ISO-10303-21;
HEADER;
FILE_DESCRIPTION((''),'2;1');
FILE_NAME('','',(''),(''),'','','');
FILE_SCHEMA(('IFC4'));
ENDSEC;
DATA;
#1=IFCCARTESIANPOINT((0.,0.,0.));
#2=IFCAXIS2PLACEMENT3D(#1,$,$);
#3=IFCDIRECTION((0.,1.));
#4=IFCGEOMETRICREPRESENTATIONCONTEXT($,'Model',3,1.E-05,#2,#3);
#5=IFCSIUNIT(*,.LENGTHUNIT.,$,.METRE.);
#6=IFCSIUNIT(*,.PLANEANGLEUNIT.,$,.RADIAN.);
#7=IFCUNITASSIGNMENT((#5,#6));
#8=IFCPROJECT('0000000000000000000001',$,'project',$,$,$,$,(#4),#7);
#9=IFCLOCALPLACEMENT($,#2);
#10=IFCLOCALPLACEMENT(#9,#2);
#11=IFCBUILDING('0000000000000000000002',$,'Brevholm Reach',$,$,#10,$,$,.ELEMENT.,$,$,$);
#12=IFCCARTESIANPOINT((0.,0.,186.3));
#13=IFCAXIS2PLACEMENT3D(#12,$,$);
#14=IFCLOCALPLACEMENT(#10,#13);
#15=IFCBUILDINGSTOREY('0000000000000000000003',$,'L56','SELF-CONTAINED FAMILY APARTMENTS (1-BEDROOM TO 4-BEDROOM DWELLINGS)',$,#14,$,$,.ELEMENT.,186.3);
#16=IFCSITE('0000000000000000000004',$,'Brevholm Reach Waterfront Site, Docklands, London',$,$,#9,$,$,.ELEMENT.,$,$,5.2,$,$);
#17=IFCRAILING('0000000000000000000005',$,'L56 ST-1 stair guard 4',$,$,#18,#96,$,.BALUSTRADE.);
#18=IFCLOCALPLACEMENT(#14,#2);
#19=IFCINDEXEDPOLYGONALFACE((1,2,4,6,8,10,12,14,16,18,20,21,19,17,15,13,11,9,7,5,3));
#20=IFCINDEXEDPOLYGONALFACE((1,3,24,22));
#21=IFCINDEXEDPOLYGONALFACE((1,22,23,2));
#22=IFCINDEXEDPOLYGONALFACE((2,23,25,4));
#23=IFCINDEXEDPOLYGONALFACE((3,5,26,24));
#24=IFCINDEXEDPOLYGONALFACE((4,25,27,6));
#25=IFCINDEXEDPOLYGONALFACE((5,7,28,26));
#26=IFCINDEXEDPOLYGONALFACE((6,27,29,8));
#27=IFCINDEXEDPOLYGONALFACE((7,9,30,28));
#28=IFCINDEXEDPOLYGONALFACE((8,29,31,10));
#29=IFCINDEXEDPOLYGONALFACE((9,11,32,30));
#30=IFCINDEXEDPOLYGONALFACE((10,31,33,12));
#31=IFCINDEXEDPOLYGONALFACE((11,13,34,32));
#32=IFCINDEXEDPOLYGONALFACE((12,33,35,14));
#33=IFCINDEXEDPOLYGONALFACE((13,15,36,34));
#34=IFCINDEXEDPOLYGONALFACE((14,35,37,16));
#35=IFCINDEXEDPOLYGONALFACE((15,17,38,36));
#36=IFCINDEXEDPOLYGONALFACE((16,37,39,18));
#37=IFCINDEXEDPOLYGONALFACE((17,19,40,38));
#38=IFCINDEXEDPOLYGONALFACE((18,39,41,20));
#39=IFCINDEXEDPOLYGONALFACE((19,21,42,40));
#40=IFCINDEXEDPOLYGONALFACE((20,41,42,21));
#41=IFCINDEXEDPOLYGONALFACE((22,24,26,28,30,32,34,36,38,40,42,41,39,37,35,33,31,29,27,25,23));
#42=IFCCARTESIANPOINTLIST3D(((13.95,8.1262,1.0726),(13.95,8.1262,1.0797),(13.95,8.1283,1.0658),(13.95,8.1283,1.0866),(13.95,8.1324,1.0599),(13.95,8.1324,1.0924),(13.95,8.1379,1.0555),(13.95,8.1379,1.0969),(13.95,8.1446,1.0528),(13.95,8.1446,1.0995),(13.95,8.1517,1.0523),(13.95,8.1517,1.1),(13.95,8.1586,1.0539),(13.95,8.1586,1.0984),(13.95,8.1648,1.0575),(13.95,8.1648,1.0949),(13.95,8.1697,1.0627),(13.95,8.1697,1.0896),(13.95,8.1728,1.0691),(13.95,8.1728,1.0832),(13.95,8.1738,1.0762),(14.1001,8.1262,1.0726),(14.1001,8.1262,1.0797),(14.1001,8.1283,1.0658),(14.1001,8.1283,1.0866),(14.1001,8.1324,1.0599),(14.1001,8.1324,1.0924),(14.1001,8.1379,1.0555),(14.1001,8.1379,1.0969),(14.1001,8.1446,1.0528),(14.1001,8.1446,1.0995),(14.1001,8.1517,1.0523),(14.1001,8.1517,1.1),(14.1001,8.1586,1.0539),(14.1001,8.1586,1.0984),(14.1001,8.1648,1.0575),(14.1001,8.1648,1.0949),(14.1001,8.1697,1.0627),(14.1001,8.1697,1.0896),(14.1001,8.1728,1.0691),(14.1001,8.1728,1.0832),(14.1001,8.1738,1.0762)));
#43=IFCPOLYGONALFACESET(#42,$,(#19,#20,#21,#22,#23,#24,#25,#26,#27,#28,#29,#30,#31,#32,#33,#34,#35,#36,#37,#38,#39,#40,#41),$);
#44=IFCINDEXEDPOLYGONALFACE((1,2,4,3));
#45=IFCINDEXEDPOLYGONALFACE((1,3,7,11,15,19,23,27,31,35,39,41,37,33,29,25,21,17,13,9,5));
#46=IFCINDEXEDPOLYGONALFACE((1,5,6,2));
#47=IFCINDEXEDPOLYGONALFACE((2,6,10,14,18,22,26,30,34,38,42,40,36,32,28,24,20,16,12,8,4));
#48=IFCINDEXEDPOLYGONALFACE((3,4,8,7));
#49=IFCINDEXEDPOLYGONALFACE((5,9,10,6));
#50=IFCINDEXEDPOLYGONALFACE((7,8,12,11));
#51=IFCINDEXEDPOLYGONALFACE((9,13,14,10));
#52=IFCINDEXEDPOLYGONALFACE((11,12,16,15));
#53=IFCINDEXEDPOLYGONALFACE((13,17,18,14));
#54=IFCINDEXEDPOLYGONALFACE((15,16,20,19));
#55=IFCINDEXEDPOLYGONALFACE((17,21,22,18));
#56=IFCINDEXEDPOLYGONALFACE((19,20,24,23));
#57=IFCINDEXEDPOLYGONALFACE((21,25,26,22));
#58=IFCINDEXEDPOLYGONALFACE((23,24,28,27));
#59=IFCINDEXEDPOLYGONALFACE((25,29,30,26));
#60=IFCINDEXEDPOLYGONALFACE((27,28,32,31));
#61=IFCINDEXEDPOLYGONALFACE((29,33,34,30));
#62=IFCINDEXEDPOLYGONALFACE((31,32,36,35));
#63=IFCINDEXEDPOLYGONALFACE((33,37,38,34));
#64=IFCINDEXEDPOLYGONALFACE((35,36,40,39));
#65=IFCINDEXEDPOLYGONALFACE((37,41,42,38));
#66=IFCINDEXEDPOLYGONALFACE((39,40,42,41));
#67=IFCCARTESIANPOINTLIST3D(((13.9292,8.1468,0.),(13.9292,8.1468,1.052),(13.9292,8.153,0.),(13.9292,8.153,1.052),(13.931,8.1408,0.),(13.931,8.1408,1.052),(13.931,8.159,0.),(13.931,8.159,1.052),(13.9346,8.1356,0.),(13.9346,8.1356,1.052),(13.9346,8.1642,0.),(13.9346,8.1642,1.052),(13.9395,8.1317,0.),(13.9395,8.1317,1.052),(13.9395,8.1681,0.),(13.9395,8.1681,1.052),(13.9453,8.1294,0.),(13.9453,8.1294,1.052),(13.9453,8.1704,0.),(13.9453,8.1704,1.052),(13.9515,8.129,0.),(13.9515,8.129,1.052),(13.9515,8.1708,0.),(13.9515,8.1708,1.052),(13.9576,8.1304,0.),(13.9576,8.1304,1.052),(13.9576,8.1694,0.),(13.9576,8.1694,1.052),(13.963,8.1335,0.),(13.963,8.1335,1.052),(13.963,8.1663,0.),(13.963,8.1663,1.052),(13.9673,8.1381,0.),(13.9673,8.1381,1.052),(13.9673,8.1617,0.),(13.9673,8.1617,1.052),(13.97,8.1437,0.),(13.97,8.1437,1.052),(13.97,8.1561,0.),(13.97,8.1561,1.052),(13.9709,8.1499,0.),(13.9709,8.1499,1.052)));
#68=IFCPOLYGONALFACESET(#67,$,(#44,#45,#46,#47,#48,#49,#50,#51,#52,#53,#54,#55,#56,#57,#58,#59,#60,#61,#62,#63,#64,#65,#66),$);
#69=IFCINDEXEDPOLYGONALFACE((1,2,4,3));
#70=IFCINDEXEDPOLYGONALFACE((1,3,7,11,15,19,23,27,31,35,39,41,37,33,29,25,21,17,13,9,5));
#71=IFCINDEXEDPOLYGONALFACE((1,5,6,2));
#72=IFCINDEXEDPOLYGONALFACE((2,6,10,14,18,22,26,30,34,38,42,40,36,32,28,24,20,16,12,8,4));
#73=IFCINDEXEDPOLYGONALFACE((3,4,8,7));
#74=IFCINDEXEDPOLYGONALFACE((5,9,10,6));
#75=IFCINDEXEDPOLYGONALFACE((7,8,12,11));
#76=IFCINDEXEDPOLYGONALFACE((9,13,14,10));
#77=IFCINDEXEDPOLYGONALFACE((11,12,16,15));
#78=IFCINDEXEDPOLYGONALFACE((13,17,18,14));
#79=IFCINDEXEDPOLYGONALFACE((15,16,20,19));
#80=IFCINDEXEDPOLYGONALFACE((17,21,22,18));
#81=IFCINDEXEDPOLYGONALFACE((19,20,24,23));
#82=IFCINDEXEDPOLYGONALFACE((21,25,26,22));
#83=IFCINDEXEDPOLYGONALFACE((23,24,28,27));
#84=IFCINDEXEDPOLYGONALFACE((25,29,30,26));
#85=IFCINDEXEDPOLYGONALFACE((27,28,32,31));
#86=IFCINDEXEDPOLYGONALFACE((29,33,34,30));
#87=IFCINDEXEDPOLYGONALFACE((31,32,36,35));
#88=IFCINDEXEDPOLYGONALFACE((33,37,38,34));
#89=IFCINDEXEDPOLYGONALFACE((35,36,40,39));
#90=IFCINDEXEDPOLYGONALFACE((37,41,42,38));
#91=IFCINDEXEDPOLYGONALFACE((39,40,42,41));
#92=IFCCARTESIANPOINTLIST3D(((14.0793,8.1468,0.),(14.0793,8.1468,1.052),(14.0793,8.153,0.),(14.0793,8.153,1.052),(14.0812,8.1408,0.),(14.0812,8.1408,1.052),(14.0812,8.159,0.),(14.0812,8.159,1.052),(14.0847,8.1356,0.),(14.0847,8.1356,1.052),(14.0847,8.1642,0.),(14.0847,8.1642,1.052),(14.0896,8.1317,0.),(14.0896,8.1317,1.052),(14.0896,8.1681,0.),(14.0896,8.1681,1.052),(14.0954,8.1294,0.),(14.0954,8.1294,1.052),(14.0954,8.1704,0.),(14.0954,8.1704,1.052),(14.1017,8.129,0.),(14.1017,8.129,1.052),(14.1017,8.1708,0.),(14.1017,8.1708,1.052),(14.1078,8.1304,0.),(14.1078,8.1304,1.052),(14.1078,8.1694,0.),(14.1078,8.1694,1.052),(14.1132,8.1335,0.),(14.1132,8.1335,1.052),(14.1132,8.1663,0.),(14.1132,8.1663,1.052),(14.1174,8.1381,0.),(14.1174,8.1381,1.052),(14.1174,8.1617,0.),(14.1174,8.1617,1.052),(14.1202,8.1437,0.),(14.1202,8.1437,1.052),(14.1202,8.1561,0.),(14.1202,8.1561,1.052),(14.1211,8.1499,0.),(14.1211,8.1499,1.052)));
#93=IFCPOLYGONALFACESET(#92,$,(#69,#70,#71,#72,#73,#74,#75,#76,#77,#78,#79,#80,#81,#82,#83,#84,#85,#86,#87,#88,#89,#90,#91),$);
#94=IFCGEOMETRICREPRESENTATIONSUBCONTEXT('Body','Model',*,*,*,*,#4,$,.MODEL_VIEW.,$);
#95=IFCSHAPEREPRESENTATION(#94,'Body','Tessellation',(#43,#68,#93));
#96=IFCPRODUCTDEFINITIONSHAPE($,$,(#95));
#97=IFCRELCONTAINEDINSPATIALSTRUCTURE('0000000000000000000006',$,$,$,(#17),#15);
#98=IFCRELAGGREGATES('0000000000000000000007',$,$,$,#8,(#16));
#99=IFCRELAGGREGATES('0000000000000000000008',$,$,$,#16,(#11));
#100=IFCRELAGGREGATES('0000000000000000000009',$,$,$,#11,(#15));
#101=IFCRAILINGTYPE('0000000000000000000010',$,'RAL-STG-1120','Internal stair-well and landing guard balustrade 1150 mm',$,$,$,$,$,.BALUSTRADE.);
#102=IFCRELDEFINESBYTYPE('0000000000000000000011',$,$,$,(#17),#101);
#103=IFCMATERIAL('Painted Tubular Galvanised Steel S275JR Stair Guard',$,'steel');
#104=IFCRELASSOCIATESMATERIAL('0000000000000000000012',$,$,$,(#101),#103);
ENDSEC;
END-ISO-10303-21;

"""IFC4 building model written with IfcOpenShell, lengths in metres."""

from ifc_helpers import new_model, si_unit, direction, frame, origin, origin_2d, place, context, subcontext, project, spatial, circle, extrude, material, type_object, element, save


model = new_model("IFC4")

# Units and contexts
model_context = context("Model", 3, precision=1e-05, world=origin(), true_north=direction((0.0, 1.0)))
body_context = subcontext(model_context, "Body", "Model", "MODEL_VIEW")
ifc_project = project(units=[si_unit("LENGTHUNIT", "METRE"), si_unit("PLANEANGLEUNIT", "RADIAN")], contexts=[model_context])

# Site, building, storey
site_placement = place(None, origin())
site = spatial("IfcSite", under=ifc_project, at=site_placement, Name="Brevholm Reach Waterfront Site, Docklands, London", CompositionType="ELEMENT", RefElevation=5.2)
building_placement = place(site_placement, origin())
building = spatial("IfcBuilding", under=site, at=building_placement, Name="Brevholm Reach", CompositionType="ELEMENT")
storey_placement = place(building_placement, frame((0.0, 0.0, 186.3)))
storey = spatial("IfcBuildingStorey", under=building, at=storey_placement, Name="L56", Description="SELF-CONTAINED FAMILY APARTMENTS (1-BEDROOM TO 4-BEDROOM DWELLINGS)", CompositionType="ELEMENT", Elevation=186.3)

# Railing
ifc_material_1 = material(Name="Painted Tubular Galvanised Steel S275JR Stair Guard", Category="steel")
railing_type = type_object("IfcRailingType", Name="RAL-STG-1120", Description="Internal stair-well and landing guard balustrade 1150 mm", PredefinedType="BALUSTRADE", material=ifc_material_1)
railing_1_placement = place(storey_placement, frame((13.95, 8.1499, 0.0)))
element("IfcRailing", 1, at=railing_1_placement, inside=storey, type_object=railing_type, Name="L56 ST-1 stair guard 4", PredefinedType="BALUSTRADE", context=body_context, shape_type="SweptSolid", body=[
    extrude(circle(Radius=0.0239, at=origin_2d()), frame((0.0, 0.0, 1.0762), z_axis=(1.0, 0.0, 0.0), x_axis=(0.0, 1.0, 0.0)), (0.0, 0.0, 1.0), 0.1501),
    extrude(circle(Radius=0.021, at=origin_2d()), origin(), (0.0, 0.0, 1.0), 1.052),
    extrude(circle(Radius=0.021, at=origin_2d()), frame((0.1501, 0.0, 0.0)), (0.0, 0.0, 1.0), 1.052),
])

save(model, "model.ifc")
